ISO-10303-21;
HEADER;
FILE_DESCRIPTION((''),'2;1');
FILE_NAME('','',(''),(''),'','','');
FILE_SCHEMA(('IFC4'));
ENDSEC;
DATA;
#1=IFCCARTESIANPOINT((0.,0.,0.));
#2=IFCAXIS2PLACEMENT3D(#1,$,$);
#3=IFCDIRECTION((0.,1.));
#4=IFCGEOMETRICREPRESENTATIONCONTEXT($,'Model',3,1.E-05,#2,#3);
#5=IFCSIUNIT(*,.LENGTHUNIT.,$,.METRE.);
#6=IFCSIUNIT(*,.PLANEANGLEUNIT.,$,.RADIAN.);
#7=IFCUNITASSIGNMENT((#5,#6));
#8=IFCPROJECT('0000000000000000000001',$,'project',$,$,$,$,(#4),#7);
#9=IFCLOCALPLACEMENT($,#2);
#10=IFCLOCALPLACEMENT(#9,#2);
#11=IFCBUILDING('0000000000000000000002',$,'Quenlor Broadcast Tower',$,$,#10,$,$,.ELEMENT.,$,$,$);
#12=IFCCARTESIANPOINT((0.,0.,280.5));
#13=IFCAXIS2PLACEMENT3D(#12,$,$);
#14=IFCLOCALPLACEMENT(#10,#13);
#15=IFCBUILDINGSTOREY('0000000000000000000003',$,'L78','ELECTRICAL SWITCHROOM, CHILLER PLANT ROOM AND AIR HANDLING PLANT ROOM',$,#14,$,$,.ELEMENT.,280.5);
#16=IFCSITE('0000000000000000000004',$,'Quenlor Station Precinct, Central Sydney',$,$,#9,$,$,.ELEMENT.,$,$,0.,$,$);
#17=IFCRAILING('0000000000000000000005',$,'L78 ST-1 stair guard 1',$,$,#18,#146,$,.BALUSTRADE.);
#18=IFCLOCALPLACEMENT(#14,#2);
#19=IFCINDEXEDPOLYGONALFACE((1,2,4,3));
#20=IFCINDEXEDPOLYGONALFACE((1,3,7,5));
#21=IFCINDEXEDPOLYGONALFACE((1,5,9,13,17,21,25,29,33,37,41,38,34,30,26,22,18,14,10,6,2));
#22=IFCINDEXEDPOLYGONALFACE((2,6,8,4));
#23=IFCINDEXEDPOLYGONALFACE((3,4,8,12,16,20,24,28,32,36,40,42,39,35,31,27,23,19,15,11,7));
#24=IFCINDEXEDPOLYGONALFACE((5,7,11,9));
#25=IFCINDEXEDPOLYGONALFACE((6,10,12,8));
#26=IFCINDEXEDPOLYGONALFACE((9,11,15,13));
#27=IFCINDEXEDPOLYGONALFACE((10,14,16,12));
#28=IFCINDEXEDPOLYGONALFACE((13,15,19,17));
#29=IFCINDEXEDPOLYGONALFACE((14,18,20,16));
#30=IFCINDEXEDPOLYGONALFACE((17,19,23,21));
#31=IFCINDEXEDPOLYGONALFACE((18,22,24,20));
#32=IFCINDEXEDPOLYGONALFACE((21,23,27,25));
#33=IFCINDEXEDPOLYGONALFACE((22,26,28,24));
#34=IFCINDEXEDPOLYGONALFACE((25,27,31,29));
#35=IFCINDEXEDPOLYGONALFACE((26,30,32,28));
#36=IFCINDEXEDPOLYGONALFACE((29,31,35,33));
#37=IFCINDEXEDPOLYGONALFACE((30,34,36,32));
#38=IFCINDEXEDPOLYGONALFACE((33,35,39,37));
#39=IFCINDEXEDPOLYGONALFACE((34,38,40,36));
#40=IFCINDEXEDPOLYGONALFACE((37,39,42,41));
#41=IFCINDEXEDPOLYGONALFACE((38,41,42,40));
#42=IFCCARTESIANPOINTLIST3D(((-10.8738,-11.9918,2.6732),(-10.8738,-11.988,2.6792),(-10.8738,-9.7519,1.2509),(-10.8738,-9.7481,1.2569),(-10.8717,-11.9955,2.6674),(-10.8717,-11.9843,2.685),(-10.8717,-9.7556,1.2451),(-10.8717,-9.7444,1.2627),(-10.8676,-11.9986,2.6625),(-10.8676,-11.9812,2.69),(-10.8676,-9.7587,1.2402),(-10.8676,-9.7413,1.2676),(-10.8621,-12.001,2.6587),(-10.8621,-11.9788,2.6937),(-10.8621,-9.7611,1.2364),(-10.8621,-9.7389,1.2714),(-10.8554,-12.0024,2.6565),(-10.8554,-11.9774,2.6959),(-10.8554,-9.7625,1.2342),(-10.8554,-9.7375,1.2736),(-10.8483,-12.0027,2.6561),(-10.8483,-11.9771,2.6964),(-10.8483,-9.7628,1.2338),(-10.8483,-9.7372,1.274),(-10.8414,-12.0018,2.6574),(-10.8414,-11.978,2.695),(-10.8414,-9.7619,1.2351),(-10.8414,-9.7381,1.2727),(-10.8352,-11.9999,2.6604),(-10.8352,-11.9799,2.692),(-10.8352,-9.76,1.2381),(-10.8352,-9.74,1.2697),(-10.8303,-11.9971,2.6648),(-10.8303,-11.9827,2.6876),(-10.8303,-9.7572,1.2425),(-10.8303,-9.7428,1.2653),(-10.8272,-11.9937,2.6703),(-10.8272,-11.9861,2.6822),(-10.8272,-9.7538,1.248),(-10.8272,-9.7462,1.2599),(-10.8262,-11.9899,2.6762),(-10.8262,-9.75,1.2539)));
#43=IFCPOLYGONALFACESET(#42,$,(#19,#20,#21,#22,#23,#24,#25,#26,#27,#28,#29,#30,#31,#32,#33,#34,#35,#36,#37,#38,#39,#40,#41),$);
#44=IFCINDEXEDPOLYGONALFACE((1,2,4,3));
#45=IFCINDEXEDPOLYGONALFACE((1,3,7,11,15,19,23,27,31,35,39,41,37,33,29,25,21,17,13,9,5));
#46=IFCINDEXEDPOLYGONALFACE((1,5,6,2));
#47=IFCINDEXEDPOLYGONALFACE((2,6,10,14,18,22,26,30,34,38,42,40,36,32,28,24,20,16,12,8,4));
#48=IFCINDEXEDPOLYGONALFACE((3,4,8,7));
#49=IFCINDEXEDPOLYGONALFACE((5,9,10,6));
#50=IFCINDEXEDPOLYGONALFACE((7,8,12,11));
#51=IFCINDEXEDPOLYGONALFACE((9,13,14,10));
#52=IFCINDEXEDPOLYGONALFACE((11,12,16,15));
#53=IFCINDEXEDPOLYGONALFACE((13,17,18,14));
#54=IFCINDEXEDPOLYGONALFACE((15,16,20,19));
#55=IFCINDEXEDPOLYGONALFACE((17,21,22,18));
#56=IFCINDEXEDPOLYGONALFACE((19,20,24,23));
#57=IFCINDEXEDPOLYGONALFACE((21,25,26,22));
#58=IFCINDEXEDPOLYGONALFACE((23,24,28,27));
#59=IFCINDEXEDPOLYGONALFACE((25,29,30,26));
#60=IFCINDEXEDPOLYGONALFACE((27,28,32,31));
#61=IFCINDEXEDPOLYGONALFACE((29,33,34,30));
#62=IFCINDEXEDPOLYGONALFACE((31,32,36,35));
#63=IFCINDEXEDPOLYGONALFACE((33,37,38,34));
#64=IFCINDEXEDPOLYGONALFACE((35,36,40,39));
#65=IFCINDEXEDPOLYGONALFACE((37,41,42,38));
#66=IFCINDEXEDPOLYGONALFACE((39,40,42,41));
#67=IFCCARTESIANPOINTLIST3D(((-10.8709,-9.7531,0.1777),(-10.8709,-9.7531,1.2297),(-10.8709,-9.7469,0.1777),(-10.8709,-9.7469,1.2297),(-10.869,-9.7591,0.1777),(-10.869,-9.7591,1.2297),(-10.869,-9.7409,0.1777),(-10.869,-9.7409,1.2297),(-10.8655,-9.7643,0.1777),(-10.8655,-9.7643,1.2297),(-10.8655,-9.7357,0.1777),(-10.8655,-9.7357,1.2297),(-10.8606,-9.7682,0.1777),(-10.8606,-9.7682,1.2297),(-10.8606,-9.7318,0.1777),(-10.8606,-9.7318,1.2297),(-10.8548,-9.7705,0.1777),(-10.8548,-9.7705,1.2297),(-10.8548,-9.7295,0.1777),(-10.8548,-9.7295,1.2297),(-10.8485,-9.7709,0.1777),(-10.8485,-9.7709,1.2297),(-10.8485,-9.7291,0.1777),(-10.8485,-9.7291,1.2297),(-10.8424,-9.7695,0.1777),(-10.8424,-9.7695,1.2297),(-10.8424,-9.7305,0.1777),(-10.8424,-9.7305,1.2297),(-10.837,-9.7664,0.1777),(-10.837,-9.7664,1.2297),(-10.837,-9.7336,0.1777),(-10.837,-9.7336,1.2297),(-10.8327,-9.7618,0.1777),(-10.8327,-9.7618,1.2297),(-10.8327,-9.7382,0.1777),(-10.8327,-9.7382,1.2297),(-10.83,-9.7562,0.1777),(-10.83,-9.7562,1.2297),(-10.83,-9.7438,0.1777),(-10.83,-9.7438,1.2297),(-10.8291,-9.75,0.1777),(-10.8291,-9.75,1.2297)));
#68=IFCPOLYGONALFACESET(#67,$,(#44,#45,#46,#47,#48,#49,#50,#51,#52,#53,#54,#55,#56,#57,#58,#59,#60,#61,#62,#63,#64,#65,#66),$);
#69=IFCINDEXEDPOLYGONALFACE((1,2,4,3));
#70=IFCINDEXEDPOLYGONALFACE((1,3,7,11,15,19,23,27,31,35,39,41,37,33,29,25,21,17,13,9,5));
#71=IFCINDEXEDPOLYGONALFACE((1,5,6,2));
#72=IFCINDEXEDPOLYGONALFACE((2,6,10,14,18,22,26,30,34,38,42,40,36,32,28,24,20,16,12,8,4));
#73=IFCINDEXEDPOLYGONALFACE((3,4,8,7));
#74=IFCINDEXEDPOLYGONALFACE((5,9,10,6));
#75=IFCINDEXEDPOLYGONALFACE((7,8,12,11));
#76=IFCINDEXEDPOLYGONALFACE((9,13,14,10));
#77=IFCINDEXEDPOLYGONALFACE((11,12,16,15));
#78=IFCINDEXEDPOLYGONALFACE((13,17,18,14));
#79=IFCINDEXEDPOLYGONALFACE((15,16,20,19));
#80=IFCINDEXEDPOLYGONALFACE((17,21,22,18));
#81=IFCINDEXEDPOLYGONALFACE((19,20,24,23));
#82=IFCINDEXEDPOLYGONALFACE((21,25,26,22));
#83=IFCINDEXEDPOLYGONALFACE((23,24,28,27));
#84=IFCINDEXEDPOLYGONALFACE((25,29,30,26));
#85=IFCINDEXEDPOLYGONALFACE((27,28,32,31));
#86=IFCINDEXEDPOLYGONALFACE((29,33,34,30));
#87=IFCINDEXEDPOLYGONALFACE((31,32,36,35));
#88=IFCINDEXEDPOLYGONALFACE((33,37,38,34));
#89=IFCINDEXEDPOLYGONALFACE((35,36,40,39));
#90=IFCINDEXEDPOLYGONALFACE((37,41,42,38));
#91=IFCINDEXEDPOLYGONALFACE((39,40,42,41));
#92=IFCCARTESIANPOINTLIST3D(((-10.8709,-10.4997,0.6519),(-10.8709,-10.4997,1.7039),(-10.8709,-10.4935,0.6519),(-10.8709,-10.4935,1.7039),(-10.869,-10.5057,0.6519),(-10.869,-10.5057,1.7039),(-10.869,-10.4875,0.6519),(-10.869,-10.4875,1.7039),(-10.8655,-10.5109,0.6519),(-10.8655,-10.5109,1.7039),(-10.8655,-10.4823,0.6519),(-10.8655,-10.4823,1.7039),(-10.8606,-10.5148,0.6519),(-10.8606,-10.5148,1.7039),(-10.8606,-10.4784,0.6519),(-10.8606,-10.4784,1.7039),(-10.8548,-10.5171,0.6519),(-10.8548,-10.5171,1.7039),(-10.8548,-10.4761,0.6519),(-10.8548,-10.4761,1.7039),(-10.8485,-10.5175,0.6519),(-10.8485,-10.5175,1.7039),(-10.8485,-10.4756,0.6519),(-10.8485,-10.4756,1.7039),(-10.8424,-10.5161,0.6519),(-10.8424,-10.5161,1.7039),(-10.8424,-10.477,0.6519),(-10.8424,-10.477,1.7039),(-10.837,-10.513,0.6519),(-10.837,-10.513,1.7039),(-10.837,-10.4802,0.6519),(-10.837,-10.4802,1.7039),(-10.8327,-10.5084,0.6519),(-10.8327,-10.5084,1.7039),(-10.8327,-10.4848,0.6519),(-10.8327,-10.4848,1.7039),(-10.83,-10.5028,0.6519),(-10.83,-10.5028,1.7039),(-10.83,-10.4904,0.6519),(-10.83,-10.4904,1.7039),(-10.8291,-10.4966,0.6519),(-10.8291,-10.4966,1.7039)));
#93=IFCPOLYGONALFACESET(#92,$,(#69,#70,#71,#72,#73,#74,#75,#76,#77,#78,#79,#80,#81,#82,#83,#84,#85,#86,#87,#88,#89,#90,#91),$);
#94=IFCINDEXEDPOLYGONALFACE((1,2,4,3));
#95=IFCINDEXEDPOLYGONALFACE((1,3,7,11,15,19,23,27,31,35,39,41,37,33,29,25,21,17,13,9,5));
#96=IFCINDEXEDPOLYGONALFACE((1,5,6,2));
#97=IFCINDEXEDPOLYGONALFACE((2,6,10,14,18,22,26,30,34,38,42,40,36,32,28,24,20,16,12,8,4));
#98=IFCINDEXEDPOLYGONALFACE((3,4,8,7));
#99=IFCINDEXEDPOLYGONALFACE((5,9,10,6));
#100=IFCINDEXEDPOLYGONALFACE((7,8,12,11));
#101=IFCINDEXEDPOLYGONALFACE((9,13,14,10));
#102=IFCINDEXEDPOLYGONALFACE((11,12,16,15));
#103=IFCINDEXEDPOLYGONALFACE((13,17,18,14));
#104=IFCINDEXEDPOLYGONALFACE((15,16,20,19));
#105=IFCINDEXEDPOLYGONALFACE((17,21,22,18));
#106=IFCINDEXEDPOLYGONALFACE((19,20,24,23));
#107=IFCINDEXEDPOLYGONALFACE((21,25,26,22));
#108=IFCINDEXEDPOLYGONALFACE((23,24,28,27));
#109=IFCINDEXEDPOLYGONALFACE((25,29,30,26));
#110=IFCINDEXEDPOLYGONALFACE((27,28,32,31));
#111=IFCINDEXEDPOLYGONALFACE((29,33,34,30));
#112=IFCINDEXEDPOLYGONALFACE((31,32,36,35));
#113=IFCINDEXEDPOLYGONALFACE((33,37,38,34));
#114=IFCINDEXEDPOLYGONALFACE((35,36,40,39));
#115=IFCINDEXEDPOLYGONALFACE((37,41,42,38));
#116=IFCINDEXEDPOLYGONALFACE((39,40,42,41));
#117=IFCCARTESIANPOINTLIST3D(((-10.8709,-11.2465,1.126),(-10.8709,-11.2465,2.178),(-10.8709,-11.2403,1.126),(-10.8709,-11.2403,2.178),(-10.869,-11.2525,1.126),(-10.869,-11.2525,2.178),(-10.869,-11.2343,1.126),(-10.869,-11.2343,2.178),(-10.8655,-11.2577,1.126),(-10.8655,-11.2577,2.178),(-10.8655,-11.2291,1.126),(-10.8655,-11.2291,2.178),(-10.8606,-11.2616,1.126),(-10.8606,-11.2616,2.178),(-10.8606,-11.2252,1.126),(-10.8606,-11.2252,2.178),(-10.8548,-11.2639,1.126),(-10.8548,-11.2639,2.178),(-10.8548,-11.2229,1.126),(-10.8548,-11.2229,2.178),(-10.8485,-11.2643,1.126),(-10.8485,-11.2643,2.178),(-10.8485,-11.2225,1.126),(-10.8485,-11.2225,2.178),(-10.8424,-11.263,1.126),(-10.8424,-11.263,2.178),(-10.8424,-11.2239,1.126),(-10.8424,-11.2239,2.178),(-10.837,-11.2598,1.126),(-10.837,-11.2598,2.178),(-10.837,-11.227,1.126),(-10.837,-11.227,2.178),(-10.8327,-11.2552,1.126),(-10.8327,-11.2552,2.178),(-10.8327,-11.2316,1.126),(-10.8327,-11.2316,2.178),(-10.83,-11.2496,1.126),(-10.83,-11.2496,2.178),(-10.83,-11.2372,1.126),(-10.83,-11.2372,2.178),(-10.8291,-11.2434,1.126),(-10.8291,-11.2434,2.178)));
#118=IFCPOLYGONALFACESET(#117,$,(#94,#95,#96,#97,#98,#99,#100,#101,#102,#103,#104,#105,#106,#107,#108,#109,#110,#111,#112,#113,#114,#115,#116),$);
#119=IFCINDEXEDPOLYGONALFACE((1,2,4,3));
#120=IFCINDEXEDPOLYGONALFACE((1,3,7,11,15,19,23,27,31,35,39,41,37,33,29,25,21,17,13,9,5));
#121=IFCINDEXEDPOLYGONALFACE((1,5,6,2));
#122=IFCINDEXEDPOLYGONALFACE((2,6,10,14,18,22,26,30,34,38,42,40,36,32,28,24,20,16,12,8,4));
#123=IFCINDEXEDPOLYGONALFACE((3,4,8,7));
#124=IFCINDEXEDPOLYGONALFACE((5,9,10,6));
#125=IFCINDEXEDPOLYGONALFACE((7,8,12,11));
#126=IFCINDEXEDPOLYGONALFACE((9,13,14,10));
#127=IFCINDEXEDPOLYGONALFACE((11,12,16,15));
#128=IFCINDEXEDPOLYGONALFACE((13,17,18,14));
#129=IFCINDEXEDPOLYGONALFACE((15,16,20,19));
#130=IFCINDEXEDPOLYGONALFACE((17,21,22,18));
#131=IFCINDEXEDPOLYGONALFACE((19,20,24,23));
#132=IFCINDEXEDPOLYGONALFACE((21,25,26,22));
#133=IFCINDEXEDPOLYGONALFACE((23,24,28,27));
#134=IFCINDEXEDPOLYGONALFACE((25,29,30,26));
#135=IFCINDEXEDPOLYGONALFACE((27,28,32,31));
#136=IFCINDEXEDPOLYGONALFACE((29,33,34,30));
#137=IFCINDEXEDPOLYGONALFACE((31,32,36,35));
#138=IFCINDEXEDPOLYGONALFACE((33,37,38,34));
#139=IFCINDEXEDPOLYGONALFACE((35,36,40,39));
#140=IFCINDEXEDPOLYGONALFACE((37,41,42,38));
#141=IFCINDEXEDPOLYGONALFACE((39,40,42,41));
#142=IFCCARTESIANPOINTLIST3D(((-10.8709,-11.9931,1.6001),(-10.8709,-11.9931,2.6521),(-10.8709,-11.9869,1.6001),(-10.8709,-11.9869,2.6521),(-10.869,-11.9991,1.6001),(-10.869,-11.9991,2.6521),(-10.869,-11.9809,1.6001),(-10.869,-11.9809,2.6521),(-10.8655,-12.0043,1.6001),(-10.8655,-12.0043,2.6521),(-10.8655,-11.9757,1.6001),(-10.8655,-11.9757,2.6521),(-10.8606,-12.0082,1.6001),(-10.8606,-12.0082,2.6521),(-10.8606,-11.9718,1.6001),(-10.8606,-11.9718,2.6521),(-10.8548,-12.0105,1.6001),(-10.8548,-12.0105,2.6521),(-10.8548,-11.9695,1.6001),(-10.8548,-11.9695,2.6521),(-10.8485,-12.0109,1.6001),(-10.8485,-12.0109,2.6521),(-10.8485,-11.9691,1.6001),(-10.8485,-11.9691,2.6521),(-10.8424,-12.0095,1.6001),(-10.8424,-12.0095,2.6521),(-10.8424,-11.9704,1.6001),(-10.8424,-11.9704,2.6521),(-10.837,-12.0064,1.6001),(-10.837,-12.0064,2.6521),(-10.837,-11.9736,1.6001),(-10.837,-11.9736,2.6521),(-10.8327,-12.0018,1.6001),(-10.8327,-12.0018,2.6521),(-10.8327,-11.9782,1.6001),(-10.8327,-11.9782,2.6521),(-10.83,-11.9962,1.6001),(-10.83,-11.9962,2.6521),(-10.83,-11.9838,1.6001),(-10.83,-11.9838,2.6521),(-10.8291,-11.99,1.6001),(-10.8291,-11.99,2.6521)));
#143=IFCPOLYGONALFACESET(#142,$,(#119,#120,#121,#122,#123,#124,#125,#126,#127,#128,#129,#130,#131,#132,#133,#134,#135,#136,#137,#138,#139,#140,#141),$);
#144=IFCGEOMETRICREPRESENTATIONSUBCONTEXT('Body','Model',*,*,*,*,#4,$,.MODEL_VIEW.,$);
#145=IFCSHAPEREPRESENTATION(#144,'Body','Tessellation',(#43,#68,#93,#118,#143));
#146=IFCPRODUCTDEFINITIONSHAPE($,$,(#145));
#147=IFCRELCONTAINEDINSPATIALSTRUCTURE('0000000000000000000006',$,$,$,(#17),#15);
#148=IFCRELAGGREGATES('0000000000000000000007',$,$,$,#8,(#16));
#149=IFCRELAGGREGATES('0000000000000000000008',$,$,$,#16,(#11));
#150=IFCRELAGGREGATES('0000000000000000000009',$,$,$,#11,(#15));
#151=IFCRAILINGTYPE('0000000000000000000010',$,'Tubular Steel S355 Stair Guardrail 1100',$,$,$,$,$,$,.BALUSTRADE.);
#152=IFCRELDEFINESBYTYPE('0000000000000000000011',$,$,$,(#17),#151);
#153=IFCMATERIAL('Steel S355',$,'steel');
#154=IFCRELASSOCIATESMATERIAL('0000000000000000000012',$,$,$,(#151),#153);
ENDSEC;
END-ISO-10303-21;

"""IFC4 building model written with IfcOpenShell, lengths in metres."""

from ifc_helpers import new_model, si_unit, direction, frame, origin, origin_2d, place, context, subcontext, project, spatial, circle, extrude, material, type_object, element, save


model = new_model("IFC4")

# Units and contexts
model_context = context("Model", 3, precision=1e-05, world=origin(), true_north=direction((0.0, 1.0)))
body_context = subcontext(model_context, "Body", "Model", "MODEL_VIEW")
ifc_project = project(units=[si_unit("LENGTHUNIT", "METRE"), si_unit("PLANEANGLEUNIT", "RADIAN")], contexts=[model_context])

# Site, building, storey
site_placement = place(None, origin())
site = spatial("IfcSite", under=ifc_project, at=site_placement, Name="Quenlor Station Precinct, Central Sydney", CompositionType="ELEMENT", RefElevation=0.0)
building_placement = place(site_placement, origin())
building = spatial("IfcBuilding", under=site, at=building_placement, Name="Quenlor Broadcast Tower", CompositionType="ELEMENT")
storey_placement = place(building_placement, frame((0.0, 0.0, 280.5)))
storey = spatial("IfcBuildingStorey", under=building, at=storey_placement, Name="L78", Description="ELECTRICAL SWITCHROOM, CHILLER PLANT ROOM AND AIR HANDLING PLANT ROOM", CompositionType="ELEMENT", Elevation=280.5)

# Railing
ifc_material_1 = material(Name="Steel S355", Category="steel")
railing_type_1 = type_object("IfcRailingType", Name="Tubular Steel S355 Stair Guardrail 1100", PredefinedType="BALUSTRADE", material=ifc_material_1)
railing_1_placement = place(storey_placement, frame((-10.8501, -9.75, 0.1777)))
element("IfcRailing", 1, at=railing_1_placement, inside=storey, type_object=railing_type_1, Name="L78 ST-1 stair guard 1", PredefinedType="BALUSTRADE", context=body_context, shape_type="SweptSolid", body=[
    extrude(circle(Radius=0.0239, at=origin_2d()), frame((0.0, 0.0, 1.0762), z_axis=(0.0, -0.844188, 0.536048), x_axis=(1.0, 0.0, 0.0)), (0.0, 0.0, 1.0), 2.6533),
    extrude(circle(Radius=0.021, at=origin_2d()), origin(), (0.0, 0.0, 1.0), 1.052),
    extrude(circle(Radius=0.021, at=origin_2d()), frame((0.0, -0.7466, 0.4741)), (0.0, 0.0, 1.0), 1.052),
    extrude(circle(Radius=0.021, at=origin_2d()), frame((0.0, -1.4934, 0.9482)), (0.0, 0.0, 1.0), 1.052),
    extrude(circle(Radius=0.021, at=origin_2d()), frame((0.0, -2.24, 1.4224)), (0.0, 0.0, 1.0), 1.052),
])

save(model, "model.ifc")
